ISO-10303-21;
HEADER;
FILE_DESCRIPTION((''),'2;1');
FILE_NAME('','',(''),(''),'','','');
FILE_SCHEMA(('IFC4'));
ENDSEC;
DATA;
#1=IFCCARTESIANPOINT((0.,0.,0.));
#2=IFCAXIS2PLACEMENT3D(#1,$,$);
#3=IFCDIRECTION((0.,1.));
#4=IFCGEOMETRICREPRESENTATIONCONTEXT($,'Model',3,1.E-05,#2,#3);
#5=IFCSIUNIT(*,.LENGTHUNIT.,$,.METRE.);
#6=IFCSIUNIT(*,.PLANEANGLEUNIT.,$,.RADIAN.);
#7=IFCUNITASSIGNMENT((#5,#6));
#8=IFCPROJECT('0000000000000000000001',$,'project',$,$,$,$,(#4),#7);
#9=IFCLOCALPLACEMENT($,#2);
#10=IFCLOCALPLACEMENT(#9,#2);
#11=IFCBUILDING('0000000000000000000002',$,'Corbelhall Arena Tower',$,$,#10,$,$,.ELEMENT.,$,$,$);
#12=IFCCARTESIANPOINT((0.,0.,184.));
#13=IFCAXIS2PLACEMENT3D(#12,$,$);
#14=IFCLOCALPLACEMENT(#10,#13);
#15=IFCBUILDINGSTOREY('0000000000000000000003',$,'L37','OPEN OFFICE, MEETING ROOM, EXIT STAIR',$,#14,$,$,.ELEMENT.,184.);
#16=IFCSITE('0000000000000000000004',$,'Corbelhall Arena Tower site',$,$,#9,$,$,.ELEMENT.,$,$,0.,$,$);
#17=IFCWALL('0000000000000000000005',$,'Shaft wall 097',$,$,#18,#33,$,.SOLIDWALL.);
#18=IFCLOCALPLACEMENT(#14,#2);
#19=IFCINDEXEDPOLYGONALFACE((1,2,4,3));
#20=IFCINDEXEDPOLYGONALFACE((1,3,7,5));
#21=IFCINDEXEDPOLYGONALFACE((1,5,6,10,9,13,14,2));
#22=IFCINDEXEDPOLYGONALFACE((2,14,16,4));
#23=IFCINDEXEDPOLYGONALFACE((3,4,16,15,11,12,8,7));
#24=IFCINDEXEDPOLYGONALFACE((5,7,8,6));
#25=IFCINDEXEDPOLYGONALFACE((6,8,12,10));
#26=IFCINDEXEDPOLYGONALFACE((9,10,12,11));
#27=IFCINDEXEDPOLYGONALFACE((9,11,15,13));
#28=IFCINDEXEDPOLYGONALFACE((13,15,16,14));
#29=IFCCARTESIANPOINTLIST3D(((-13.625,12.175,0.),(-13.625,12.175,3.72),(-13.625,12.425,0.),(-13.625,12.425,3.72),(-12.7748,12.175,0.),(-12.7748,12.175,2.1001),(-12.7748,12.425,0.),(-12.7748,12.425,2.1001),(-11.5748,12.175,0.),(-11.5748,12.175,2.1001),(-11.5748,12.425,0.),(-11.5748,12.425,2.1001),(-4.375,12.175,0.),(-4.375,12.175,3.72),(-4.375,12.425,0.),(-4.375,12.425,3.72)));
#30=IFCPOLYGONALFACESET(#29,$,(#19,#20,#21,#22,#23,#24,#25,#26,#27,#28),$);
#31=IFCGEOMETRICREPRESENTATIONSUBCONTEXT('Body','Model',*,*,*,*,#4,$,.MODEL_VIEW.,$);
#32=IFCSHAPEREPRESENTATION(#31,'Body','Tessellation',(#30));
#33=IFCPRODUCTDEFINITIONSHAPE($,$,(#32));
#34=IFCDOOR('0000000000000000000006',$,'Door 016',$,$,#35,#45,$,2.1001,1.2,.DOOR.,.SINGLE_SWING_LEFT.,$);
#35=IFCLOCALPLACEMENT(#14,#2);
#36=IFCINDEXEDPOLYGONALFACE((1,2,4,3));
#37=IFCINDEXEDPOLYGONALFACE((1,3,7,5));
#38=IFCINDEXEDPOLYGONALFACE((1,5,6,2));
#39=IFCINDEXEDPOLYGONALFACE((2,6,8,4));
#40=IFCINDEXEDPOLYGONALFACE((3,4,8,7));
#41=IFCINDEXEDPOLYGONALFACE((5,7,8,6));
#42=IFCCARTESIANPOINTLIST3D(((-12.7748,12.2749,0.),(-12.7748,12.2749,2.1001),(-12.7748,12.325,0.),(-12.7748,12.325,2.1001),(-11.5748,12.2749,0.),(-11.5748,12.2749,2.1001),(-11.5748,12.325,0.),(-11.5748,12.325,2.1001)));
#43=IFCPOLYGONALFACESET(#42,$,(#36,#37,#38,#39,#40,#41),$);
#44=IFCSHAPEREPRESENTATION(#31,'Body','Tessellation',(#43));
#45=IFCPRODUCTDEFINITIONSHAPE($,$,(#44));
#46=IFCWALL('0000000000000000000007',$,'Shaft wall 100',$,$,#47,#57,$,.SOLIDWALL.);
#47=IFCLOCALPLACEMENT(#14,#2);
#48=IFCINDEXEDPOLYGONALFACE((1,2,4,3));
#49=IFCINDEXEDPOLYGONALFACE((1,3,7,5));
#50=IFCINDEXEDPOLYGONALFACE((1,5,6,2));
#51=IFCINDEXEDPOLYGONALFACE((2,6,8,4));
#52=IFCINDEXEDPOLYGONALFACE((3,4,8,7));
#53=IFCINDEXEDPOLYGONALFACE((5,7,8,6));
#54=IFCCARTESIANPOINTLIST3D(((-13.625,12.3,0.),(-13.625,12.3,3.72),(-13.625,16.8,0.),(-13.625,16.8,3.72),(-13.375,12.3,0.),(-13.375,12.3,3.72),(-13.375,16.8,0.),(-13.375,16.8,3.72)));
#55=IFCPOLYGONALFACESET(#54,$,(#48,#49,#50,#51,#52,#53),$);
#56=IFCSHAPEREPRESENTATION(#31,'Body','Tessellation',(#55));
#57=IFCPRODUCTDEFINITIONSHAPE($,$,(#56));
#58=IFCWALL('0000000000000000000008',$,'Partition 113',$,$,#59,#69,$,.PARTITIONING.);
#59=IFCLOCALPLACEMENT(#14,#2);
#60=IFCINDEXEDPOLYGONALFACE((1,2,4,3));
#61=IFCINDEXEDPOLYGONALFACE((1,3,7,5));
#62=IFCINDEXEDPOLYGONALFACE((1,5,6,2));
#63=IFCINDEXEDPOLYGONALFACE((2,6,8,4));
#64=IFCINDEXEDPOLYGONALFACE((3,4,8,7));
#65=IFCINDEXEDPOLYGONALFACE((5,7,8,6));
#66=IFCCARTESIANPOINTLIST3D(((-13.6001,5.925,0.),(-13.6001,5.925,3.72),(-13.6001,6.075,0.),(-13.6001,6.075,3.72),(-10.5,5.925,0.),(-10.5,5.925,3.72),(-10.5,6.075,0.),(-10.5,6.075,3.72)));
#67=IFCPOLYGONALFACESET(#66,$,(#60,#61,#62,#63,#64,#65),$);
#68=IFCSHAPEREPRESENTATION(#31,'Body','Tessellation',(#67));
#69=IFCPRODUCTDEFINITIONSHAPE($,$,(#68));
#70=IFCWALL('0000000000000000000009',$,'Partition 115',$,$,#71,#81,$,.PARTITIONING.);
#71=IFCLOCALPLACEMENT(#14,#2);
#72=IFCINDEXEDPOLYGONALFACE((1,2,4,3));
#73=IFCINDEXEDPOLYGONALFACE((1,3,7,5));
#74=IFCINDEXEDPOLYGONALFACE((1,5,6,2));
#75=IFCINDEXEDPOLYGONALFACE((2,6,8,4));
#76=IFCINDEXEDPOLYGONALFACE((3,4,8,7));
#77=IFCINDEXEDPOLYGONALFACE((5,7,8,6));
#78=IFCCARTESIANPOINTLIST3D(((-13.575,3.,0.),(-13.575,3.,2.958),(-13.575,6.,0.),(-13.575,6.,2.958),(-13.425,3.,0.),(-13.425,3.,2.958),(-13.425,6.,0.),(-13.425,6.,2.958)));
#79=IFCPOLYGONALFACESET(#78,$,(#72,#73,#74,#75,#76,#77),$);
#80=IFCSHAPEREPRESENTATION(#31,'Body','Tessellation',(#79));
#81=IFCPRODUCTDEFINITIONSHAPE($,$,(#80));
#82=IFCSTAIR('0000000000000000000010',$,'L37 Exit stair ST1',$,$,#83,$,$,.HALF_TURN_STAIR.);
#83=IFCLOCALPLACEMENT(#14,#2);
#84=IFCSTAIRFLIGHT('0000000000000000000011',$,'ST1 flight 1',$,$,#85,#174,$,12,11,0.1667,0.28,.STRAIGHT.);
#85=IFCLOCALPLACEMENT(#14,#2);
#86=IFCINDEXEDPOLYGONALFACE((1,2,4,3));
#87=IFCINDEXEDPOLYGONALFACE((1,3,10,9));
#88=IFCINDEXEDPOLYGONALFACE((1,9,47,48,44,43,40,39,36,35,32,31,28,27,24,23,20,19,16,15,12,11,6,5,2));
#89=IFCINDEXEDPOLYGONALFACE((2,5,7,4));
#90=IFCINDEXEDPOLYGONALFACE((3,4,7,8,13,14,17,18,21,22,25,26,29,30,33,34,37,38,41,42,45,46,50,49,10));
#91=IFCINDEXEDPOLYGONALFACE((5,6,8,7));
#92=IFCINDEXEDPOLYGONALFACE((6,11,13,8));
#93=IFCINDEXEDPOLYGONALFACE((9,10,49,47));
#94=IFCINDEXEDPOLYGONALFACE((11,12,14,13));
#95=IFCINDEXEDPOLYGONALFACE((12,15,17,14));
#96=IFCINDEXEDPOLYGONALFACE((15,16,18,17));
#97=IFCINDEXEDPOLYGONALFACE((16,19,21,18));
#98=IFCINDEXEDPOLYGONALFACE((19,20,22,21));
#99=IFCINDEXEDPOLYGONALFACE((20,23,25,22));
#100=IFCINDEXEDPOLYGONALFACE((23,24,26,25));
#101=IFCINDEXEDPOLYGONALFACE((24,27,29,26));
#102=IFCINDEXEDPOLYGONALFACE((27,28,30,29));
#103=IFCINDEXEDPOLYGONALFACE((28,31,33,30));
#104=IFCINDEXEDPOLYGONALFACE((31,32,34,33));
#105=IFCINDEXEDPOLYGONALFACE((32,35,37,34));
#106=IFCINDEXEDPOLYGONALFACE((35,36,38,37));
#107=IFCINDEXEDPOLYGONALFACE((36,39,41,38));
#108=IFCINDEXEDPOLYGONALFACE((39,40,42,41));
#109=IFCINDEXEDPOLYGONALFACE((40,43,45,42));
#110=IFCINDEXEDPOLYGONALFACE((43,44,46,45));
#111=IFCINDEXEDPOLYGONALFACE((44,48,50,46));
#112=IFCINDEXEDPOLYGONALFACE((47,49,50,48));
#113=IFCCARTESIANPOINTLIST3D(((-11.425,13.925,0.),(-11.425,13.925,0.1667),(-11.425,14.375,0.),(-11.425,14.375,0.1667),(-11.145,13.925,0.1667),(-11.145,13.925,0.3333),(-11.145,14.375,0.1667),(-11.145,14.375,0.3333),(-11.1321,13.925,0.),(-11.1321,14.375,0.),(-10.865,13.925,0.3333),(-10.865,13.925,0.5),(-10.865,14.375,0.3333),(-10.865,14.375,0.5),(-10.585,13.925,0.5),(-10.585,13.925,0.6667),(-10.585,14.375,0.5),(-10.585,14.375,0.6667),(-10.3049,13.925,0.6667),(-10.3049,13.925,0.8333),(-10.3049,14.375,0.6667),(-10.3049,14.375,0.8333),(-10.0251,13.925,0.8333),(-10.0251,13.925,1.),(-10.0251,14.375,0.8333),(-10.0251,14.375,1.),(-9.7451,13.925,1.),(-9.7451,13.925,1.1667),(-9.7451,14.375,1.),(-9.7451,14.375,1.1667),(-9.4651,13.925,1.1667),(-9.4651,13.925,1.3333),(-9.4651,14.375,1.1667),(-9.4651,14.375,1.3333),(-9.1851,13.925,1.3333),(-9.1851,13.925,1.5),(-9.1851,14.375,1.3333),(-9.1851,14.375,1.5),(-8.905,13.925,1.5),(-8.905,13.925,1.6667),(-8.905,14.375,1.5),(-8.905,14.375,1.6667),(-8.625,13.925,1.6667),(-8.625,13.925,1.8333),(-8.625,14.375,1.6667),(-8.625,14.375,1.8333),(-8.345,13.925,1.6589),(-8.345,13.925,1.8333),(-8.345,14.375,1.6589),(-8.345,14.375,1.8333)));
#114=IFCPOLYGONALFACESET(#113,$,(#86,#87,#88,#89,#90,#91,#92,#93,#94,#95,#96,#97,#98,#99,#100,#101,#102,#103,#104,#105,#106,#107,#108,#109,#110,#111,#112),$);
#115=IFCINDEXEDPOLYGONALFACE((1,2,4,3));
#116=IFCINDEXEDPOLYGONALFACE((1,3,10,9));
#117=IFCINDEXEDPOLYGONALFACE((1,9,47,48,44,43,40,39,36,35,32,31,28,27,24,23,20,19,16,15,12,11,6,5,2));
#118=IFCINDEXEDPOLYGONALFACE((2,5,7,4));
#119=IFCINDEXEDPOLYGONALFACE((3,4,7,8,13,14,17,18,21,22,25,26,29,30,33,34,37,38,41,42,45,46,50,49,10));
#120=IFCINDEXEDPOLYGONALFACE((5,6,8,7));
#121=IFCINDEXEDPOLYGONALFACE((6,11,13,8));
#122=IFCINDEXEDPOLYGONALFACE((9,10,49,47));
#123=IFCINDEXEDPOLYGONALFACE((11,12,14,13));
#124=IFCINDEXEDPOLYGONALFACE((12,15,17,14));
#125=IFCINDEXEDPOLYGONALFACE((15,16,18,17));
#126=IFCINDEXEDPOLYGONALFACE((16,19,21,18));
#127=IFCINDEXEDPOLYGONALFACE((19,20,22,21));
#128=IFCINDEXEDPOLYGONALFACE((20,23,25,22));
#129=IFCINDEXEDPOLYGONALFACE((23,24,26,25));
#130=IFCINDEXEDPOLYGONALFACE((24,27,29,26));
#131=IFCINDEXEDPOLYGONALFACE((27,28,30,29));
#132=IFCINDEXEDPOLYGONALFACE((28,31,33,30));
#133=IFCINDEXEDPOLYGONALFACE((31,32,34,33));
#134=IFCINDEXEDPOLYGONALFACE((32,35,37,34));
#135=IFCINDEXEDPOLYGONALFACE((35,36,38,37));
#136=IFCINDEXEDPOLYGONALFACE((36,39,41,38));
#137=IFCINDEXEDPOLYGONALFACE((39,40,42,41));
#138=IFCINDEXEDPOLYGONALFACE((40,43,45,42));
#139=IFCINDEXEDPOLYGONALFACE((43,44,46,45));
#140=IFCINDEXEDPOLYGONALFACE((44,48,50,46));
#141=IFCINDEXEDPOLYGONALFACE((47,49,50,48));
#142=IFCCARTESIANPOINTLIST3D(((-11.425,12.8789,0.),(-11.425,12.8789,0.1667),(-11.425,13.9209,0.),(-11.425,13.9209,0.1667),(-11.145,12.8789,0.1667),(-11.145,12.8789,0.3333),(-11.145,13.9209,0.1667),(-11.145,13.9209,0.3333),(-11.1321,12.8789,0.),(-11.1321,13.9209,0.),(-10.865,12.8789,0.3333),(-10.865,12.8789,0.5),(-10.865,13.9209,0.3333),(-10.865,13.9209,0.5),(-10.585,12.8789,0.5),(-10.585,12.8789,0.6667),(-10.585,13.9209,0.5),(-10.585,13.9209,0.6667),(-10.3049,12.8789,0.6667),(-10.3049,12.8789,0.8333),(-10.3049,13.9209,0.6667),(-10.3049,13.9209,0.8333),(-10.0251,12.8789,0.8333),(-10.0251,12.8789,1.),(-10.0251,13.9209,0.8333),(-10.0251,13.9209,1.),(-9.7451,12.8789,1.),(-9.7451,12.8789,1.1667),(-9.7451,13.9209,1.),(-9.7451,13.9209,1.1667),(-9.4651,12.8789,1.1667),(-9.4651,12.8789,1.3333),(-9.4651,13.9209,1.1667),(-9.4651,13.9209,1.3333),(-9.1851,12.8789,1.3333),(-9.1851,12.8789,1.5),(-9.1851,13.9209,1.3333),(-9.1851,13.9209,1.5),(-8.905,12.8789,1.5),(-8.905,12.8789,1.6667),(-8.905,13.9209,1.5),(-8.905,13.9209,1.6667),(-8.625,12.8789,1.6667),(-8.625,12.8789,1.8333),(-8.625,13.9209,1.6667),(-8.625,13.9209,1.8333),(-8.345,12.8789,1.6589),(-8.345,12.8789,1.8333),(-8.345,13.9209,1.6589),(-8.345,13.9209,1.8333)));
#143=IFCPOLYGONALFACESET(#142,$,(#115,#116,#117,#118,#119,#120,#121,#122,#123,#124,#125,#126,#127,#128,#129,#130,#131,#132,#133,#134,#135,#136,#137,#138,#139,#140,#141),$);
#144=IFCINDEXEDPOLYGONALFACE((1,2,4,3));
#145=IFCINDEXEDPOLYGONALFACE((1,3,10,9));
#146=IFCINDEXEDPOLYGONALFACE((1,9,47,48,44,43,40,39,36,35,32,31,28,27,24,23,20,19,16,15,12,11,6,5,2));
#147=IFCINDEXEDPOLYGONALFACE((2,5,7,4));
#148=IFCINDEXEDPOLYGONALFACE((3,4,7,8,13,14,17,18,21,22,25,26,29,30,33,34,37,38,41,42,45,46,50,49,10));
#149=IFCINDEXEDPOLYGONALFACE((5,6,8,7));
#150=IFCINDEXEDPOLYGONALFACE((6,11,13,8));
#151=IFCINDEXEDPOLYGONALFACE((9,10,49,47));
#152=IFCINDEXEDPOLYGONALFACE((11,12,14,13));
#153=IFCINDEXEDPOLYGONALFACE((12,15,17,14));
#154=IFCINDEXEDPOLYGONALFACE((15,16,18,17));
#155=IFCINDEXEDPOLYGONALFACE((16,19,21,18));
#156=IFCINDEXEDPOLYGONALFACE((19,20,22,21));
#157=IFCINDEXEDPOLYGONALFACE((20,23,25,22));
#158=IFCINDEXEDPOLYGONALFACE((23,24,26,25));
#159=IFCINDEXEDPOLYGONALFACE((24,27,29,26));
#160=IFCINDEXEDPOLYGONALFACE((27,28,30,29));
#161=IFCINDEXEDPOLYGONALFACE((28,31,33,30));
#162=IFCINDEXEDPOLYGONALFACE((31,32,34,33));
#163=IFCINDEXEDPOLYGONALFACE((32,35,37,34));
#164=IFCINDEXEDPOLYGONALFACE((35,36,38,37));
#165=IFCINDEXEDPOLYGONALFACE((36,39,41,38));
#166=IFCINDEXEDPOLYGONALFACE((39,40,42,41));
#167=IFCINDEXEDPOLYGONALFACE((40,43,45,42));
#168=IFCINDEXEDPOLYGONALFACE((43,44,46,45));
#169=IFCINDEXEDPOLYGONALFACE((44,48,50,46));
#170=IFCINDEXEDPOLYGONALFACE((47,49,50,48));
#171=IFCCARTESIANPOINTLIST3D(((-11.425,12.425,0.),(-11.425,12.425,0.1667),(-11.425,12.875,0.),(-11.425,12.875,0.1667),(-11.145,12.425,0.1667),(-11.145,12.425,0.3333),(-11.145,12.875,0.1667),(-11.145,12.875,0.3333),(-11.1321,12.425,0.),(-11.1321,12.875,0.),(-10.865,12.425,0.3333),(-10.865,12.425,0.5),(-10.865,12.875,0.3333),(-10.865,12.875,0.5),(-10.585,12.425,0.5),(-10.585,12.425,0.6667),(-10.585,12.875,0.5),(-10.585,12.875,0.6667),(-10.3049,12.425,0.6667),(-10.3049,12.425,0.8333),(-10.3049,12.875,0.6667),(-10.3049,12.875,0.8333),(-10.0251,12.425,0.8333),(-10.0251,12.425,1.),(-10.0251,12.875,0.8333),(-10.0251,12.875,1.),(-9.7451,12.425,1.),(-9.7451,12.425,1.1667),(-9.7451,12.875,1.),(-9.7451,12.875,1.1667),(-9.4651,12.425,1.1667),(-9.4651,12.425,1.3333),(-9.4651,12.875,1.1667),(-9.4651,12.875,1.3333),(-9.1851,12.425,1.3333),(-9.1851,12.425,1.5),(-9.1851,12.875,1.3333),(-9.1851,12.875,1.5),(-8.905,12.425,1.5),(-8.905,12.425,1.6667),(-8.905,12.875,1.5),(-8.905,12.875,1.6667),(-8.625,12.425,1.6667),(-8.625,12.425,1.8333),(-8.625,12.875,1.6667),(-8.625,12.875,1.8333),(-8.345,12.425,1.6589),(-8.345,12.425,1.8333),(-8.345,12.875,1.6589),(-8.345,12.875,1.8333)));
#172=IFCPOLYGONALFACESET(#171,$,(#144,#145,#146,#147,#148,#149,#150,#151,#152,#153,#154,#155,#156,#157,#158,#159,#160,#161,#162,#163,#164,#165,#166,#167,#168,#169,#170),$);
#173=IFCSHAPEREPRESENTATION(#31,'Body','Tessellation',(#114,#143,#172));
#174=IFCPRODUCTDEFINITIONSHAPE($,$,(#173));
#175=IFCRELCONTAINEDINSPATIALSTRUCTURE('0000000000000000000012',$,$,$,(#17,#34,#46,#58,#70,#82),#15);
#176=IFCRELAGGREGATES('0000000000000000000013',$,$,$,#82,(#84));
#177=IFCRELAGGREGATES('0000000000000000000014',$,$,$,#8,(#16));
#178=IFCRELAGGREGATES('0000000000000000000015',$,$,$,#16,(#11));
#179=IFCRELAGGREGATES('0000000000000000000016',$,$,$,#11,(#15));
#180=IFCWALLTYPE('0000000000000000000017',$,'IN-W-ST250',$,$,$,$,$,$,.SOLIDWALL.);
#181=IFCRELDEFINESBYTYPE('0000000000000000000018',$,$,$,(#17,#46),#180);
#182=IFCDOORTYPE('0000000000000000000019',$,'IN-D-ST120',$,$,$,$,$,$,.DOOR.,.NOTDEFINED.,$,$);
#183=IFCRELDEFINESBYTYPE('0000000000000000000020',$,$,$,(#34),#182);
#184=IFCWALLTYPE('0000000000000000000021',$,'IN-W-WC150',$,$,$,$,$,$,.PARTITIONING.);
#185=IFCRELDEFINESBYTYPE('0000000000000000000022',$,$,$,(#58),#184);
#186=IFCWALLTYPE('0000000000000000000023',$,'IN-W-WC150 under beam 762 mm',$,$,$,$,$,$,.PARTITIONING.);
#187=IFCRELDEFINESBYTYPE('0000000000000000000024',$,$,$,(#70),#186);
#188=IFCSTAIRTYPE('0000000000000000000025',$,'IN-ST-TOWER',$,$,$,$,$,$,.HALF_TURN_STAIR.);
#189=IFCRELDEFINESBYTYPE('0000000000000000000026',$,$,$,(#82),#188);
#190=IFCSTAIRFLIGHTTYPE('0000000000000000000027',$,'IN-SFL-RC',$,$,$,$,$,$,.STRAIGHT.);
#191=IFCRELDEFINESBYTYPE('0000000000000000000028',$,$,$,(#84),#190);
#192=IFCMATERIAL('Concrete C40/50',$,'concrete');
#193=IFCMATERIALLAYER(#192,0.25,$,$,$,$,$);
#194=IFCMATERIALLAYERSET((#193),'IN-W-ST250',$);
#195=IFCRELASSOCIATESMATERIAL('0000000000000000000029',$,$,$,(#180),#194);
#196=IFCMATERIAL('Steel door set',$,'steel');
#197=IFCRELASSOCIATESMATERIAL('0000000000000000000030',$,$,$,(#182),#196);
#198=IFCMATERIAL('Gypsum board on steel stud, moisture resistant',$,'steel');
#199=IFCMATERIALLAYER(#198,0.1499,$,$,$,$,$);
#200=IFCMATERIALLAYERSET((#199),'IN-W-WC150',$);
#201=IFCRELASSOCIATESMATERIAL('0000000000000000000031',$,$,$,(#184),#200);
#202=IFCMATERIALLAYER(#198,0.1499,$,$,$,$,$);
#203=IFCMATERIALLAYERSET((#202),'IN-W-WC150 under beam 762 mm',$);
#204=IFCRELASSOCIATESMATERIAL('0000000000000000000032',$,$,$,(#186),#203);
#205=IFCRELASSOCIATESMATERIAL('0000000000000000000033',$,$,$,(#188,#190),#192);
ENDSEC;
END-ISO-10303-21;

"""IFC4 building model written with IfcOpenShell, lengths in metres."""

from ifc_helpers import new_model, si_unit, direction, frame, frame_2d, origin, place, context, subcontext, project, spatial, polyline, rectangle, outline, extrude, material, layer, layer_set, type_object, element, fill, aggregate, save


model = new_model("IFC4")

# Units and contexts
model_context = context("Model", 3, precision=1e-05, world=origin(), true_north=direction((0.0, 1.0)))
body_context = subcontext(model_context, "Body", "Model", "MODEL_VIEW")
ifc_project = project(units=[si_unit("LENGTHUNIT", "METRE"), si_unit("PLANEANGLEUNIT", "RADIAN")], contexts=[model_context])

# Site, building, storey
site_placement = place(None, origin())
site = spatial("IfcSite", under=ifc_project, at=site_placement, Name="Corbelhall Arena Tower site", CompositionType="ELEMENT", RefElevation=0.0)
building_placement = place(site_placement, origin())
building = spatial("IfcBuilding", under=site, at=building_placement, Name="Corbelhall Arena Tower", CompositionType="ELEMENT")
storey_placement = place(building_placement, frame((0.0, 0.0, 184.0)))
storey = spatial("IfcBuildingStorey", under=building, at=storey_placement, Name="L37", Description="OPEN OFFICE, MEETING ROOM, EXIT STAIR", CompositionType="ELEMENT", Elevation=184.0)

# Shared definitions
ifc_material_1 = material(Name="Steel door set", Category="steel")

# Shared definitions
ifc_material_2 = material(Name="Concrete C40/50", Category="concrete")

# Wall, opening, door
ifc_layer_1 = layer(ifc_material_2, 0.25)
ifc_layer_set_1 = layer_set([ifc_layer_1], Name="IN-W-ST250")
wall_type_1 = type_object("IfcWallType", Name="IN-W-ST250", PredefinedType="SOLIDWALL", material=ifc_layer_set_1)
wall_1_placement = place(storey_placement, frame((-13.625, 12.3, 0.0), z_axis=(0.0, 0.0, 1.0), x_axis=(1.0, 0.0, 0.0)))
wall_1 = element("IfcWall", 1, at=wall_1_placement, inside=storey, type_object=wall_type_1, Name="Shaft wall 097", PredefinedType="SOLIDWALL", context=body_context, shape_type="SweptSolid", body=[
    extrude(rectangle(XDim=9.25, YDim=0.25, at=frame_2d((4.625, 0.0))), origin(), (0.0, 0.0, 1.0), 3.72),
])
opening_1_placement = place(wall_1_placement, frame((0.8501, 0.0, 0.0)))
opening_1 = element("IfcOpeningElement", 2, at=opening_1_placement, cuts=wall_1, PredefinedType="OPENING", context=body_context, shape_type="SweptSolid", body=[
    extrude(rectangle(XDim=1.2, YDim=2.1001, at=frame_2d((0.6001, 1.05))), frame((0.0, 0.125, 0.0), z_axis=(0.0, -1.0, 0.0), x_axis=(1.0, 0.0, 0.0)), (0.0, 0.0, 1.0), 0.25),
])
door_type_1 = type_object("IfcDoorType", Name="IN-D-ST120", OperationType="NOTDEFINED", PredefinedType="DOOR", material=ifc_material_1)
door_1_placement = place(opening_1_placement, origin())
door_1 = element("IfcDoor", 3, at=door_1_placement, inside=storey, type_object=door_type_1, Name="Door 016", OperationType="SINGLE_SWING_LEFT", OverallHeight=2.1001, OverallWidth=1.2, PredefinedType="DOOR", context=body_context, shape_type="SweptSolid", body=[
    extrude(rectangle(XDim=1.2, YDim=2.1001, at=frame_2d((0.6001, 1.05))), frame((0.0, 0.0249, 0.0), z_axis=(0.0, -1.0, 0.0), x_axis=(1.0, 0.0, 0.0)), (0.0, 0.0, 1.0), 0.05),
])
fill(opening_1, door_1)

# Walls
wall_2_placement = place(storey_placement, frame((-13.5, 12.3, 0.0), z_axis=(0.0, 0.0, 1.0), x_axis=(0.0, 1.0, 0.0)))
element("IfcWall", 4, at=wall_2_placement, inside=storey, type_object=wall_type_1, Name="Shaft wall 100", PredefinedType="SOLIDWALL", context=body_context, shape_type="SweptSolid", body=[
    extrude(rectangle(XDim=4.5, YDim=0.25, at=frame_2d((2.25, 0.0))), origin(), (0.0, 0.0, 1.0), 3.72),
])
ifc_material_3 = material(Name="Gypsum board on steel stud, moisture resistant", Category="steel")
ifc_layer_2 = layer(ifc_material_3, 0.1499)
ifc_layer_set_2 = layer_set([ifc_layer_2], Name="IN-W-WC150")
wall_type_2 = type_object("IfcWallType", Name="IN-W-WC150", PredefinedType="PARTITIONING", material=ifc_layer_set_2)
wall_3_placement = place(storey_placement, frame((-13.6001, 6.0, 0.0), z_axis=(0.0, 0.0, 1.0), x_axis=(1.0, 0.0, 0.0)))
element("IfcWall", 5, at=wall_3_placement, inside=storey, type_object=wall_type_2, Name="Partition 113", PredefinedType="PARTITIONING", context=body_context, shape_type="SweptSolid", body=[
    extrude(rectangle(XDim=3.1001, YDim=0.1499, at=frame_2d((1.55, 0.0))), origin(), (0.0, 0.0, 1.0), 3.72),
])
ifc_layer_3 = layer(ifc_material_3, 0.1499)
ifc_layer_set_3 = layer_set([ifc_layer_3], Name="IN-W-WC150 under beam 762 mm")
wall_type_3 = type_object("IfcWallType", Name="IN-W-WC150 under beam 762 mm", PredefinedType="PARTITIONING", material=ifc_layer_set_3)
wall_4_placement = place(storey_placement, frame((-13.5, 3.0, 0.0), z_axis=(0.0, 0.0, 1.0), x_axis=(0.0, 1.0, 0.0)))
element("IfcWall", 6, at=wall_4_placement, inside=storey, type_object=wall_type_3, Name="Partition 115", PredefinedType="PARTITIONING", context=body_context, shape_type="SweptSolid", body=[
    extrude(rectangle(XDim=3.0, YDim=0.1499, at=frame_2d((1.5, 0.0))), origin(), (0.0, 0.0, 1.0), 2.958),
])

# Stair, stair flight
stair_type = type_object("IfcStairType", Name="IN-ST-TOWER", PredefinedType="HALF_TURN_STAIR", material=ifc_material_2)
stair_placement = place(storey_placement, origin())
stair = element("IfcStair", 7, at=stair_placement, inside=storey, type_object=stair_type, Name="L37 Exit stair ST1", PredefinedType="HALF_TURN_STAIR")
stair_flight_type = type_object("IfcStairFlightType", Name="IN-SFL-RC", PredefinedType="STRAIGHT", material=ifc_material_2)
stair_flight_placement = place(storey_placement, frame((-11.425, 13.3999, 0.0), z_axis=(0.0, 0.0, 1.0), x_axis=(1.0, 0.0, 0.0)))
stair_flight = element("IfcStairFlight", 8, at=stair_flight_placement, type_object=stair_flight_type, Name="ST1 flight 1", NumberOfRisers=12, NumberOfTreads=11, PredefinedType="STRAIGHT", RiserHeight=0.1667, TreadLength=0.28, context=body_context, shape_type="SweptSolid", body=[
    extrude(outline(polyline([(0.0, 0.0), (0.0, 0.1667), (0.28, 0.1667), (0.28, 0.3333), (0.5601, 0.3333), (0.5601, 0.5), (0.8401, 0.5), (0.8401, 0.6667), (1.1201, 0.6667), (1.1201, 0.8333), (1.3999, 0.8333), (1.3999, 1.0), (1.6799, 1.0), (1.6799, 1.1667), (1.96, 1.1667), (1.96, 1.3333), (2.24, 1.3333), (2.24, 1.5), (2.52, 1.5), (2.52, 1.6667), (2.8, 1.6667), (2.8, 1.8333), (3.0801, 1.8333), (3.0801, 2.0), (3.0801, 1.6589), (0.293, 0.0), (0.0, 0.0)])), frame((0.0, 0.9751, 0.0), z_axis=(0.0, -1.0, 0.0), x_axis=(1.0, 0.0, 0.0)), (0.0, 0.0, 1.0), 0.45),
    extrude(outline(polyline([(0.0, 0.0), (0.0, 0.1667), (0.28, 0.1667), (0.28, 0.3333), (0.5601, 0.3333), (0.5601, 0.5), (0.8401, 0.5), (0.8401, 0.6667), (1.1201, 0.6667), (1.1201, 0.8333), (1.3999, 0.8333), (1.3999, 1.0), (1.6799, 1.0), (1.6799, 1.1667), (1.96, 1.1667), (1.96, 1.3333), (2.24, 1.3333), (2.24, 1.5), (2.52, 1.5), (2.52, 1.6667), (2.8, 1.6667), (2.8, 1.8333), (3.0801, 1.8333), (3.0801, 2.0), (3.0801, 1.6589), (0.293, 0.0), (0.0, 0.0)])), frame((0.0, 0.521, 0.0), z_axis=(0.0, -1.0, 0.0), x_axis=(1.0, 0.0, 0.0)), (0.0, 0.0, 1.0), 1.042),
    extrude(outline(polyline([(0.0, 0.0), (0.0, 0.1667), (0.28, 0.1667), (0.28, 0.3333), (0.5601, 0.3333), (0.5601, 0.5), (0.8401, 0.5), (0.8401, 0.6667), (1.1201, 0.6667), (1.1201, 0.8333), (1.3999, 0.8333), (1.3999, 1.0), (1.6799, 1.0), (1.6799, 1.1667), (1.96, 1.1667), (1.96, 1.3333), (2.24, 1.3333), (2.24, 1.5), (2.52, 1.5), (2.52, 1.6667), (2.8, 1.6667), (2.8, 1.8333), (3.0801, 1.8333), (3.0801, 2.0), (3.0801, 1.6589), (0.293, 0.0), (0.0, 0.0)])), frame((0.0, -0.5249, 0.0), z_axis=(0.0, -1.0, 0.0), x_axis=(1.0, 0.0, 0.0)), (0.0, 0.0, 1.0), 0.45),
])
aggregate(stair, [stair_flight])

save(model, "model.ifc")
